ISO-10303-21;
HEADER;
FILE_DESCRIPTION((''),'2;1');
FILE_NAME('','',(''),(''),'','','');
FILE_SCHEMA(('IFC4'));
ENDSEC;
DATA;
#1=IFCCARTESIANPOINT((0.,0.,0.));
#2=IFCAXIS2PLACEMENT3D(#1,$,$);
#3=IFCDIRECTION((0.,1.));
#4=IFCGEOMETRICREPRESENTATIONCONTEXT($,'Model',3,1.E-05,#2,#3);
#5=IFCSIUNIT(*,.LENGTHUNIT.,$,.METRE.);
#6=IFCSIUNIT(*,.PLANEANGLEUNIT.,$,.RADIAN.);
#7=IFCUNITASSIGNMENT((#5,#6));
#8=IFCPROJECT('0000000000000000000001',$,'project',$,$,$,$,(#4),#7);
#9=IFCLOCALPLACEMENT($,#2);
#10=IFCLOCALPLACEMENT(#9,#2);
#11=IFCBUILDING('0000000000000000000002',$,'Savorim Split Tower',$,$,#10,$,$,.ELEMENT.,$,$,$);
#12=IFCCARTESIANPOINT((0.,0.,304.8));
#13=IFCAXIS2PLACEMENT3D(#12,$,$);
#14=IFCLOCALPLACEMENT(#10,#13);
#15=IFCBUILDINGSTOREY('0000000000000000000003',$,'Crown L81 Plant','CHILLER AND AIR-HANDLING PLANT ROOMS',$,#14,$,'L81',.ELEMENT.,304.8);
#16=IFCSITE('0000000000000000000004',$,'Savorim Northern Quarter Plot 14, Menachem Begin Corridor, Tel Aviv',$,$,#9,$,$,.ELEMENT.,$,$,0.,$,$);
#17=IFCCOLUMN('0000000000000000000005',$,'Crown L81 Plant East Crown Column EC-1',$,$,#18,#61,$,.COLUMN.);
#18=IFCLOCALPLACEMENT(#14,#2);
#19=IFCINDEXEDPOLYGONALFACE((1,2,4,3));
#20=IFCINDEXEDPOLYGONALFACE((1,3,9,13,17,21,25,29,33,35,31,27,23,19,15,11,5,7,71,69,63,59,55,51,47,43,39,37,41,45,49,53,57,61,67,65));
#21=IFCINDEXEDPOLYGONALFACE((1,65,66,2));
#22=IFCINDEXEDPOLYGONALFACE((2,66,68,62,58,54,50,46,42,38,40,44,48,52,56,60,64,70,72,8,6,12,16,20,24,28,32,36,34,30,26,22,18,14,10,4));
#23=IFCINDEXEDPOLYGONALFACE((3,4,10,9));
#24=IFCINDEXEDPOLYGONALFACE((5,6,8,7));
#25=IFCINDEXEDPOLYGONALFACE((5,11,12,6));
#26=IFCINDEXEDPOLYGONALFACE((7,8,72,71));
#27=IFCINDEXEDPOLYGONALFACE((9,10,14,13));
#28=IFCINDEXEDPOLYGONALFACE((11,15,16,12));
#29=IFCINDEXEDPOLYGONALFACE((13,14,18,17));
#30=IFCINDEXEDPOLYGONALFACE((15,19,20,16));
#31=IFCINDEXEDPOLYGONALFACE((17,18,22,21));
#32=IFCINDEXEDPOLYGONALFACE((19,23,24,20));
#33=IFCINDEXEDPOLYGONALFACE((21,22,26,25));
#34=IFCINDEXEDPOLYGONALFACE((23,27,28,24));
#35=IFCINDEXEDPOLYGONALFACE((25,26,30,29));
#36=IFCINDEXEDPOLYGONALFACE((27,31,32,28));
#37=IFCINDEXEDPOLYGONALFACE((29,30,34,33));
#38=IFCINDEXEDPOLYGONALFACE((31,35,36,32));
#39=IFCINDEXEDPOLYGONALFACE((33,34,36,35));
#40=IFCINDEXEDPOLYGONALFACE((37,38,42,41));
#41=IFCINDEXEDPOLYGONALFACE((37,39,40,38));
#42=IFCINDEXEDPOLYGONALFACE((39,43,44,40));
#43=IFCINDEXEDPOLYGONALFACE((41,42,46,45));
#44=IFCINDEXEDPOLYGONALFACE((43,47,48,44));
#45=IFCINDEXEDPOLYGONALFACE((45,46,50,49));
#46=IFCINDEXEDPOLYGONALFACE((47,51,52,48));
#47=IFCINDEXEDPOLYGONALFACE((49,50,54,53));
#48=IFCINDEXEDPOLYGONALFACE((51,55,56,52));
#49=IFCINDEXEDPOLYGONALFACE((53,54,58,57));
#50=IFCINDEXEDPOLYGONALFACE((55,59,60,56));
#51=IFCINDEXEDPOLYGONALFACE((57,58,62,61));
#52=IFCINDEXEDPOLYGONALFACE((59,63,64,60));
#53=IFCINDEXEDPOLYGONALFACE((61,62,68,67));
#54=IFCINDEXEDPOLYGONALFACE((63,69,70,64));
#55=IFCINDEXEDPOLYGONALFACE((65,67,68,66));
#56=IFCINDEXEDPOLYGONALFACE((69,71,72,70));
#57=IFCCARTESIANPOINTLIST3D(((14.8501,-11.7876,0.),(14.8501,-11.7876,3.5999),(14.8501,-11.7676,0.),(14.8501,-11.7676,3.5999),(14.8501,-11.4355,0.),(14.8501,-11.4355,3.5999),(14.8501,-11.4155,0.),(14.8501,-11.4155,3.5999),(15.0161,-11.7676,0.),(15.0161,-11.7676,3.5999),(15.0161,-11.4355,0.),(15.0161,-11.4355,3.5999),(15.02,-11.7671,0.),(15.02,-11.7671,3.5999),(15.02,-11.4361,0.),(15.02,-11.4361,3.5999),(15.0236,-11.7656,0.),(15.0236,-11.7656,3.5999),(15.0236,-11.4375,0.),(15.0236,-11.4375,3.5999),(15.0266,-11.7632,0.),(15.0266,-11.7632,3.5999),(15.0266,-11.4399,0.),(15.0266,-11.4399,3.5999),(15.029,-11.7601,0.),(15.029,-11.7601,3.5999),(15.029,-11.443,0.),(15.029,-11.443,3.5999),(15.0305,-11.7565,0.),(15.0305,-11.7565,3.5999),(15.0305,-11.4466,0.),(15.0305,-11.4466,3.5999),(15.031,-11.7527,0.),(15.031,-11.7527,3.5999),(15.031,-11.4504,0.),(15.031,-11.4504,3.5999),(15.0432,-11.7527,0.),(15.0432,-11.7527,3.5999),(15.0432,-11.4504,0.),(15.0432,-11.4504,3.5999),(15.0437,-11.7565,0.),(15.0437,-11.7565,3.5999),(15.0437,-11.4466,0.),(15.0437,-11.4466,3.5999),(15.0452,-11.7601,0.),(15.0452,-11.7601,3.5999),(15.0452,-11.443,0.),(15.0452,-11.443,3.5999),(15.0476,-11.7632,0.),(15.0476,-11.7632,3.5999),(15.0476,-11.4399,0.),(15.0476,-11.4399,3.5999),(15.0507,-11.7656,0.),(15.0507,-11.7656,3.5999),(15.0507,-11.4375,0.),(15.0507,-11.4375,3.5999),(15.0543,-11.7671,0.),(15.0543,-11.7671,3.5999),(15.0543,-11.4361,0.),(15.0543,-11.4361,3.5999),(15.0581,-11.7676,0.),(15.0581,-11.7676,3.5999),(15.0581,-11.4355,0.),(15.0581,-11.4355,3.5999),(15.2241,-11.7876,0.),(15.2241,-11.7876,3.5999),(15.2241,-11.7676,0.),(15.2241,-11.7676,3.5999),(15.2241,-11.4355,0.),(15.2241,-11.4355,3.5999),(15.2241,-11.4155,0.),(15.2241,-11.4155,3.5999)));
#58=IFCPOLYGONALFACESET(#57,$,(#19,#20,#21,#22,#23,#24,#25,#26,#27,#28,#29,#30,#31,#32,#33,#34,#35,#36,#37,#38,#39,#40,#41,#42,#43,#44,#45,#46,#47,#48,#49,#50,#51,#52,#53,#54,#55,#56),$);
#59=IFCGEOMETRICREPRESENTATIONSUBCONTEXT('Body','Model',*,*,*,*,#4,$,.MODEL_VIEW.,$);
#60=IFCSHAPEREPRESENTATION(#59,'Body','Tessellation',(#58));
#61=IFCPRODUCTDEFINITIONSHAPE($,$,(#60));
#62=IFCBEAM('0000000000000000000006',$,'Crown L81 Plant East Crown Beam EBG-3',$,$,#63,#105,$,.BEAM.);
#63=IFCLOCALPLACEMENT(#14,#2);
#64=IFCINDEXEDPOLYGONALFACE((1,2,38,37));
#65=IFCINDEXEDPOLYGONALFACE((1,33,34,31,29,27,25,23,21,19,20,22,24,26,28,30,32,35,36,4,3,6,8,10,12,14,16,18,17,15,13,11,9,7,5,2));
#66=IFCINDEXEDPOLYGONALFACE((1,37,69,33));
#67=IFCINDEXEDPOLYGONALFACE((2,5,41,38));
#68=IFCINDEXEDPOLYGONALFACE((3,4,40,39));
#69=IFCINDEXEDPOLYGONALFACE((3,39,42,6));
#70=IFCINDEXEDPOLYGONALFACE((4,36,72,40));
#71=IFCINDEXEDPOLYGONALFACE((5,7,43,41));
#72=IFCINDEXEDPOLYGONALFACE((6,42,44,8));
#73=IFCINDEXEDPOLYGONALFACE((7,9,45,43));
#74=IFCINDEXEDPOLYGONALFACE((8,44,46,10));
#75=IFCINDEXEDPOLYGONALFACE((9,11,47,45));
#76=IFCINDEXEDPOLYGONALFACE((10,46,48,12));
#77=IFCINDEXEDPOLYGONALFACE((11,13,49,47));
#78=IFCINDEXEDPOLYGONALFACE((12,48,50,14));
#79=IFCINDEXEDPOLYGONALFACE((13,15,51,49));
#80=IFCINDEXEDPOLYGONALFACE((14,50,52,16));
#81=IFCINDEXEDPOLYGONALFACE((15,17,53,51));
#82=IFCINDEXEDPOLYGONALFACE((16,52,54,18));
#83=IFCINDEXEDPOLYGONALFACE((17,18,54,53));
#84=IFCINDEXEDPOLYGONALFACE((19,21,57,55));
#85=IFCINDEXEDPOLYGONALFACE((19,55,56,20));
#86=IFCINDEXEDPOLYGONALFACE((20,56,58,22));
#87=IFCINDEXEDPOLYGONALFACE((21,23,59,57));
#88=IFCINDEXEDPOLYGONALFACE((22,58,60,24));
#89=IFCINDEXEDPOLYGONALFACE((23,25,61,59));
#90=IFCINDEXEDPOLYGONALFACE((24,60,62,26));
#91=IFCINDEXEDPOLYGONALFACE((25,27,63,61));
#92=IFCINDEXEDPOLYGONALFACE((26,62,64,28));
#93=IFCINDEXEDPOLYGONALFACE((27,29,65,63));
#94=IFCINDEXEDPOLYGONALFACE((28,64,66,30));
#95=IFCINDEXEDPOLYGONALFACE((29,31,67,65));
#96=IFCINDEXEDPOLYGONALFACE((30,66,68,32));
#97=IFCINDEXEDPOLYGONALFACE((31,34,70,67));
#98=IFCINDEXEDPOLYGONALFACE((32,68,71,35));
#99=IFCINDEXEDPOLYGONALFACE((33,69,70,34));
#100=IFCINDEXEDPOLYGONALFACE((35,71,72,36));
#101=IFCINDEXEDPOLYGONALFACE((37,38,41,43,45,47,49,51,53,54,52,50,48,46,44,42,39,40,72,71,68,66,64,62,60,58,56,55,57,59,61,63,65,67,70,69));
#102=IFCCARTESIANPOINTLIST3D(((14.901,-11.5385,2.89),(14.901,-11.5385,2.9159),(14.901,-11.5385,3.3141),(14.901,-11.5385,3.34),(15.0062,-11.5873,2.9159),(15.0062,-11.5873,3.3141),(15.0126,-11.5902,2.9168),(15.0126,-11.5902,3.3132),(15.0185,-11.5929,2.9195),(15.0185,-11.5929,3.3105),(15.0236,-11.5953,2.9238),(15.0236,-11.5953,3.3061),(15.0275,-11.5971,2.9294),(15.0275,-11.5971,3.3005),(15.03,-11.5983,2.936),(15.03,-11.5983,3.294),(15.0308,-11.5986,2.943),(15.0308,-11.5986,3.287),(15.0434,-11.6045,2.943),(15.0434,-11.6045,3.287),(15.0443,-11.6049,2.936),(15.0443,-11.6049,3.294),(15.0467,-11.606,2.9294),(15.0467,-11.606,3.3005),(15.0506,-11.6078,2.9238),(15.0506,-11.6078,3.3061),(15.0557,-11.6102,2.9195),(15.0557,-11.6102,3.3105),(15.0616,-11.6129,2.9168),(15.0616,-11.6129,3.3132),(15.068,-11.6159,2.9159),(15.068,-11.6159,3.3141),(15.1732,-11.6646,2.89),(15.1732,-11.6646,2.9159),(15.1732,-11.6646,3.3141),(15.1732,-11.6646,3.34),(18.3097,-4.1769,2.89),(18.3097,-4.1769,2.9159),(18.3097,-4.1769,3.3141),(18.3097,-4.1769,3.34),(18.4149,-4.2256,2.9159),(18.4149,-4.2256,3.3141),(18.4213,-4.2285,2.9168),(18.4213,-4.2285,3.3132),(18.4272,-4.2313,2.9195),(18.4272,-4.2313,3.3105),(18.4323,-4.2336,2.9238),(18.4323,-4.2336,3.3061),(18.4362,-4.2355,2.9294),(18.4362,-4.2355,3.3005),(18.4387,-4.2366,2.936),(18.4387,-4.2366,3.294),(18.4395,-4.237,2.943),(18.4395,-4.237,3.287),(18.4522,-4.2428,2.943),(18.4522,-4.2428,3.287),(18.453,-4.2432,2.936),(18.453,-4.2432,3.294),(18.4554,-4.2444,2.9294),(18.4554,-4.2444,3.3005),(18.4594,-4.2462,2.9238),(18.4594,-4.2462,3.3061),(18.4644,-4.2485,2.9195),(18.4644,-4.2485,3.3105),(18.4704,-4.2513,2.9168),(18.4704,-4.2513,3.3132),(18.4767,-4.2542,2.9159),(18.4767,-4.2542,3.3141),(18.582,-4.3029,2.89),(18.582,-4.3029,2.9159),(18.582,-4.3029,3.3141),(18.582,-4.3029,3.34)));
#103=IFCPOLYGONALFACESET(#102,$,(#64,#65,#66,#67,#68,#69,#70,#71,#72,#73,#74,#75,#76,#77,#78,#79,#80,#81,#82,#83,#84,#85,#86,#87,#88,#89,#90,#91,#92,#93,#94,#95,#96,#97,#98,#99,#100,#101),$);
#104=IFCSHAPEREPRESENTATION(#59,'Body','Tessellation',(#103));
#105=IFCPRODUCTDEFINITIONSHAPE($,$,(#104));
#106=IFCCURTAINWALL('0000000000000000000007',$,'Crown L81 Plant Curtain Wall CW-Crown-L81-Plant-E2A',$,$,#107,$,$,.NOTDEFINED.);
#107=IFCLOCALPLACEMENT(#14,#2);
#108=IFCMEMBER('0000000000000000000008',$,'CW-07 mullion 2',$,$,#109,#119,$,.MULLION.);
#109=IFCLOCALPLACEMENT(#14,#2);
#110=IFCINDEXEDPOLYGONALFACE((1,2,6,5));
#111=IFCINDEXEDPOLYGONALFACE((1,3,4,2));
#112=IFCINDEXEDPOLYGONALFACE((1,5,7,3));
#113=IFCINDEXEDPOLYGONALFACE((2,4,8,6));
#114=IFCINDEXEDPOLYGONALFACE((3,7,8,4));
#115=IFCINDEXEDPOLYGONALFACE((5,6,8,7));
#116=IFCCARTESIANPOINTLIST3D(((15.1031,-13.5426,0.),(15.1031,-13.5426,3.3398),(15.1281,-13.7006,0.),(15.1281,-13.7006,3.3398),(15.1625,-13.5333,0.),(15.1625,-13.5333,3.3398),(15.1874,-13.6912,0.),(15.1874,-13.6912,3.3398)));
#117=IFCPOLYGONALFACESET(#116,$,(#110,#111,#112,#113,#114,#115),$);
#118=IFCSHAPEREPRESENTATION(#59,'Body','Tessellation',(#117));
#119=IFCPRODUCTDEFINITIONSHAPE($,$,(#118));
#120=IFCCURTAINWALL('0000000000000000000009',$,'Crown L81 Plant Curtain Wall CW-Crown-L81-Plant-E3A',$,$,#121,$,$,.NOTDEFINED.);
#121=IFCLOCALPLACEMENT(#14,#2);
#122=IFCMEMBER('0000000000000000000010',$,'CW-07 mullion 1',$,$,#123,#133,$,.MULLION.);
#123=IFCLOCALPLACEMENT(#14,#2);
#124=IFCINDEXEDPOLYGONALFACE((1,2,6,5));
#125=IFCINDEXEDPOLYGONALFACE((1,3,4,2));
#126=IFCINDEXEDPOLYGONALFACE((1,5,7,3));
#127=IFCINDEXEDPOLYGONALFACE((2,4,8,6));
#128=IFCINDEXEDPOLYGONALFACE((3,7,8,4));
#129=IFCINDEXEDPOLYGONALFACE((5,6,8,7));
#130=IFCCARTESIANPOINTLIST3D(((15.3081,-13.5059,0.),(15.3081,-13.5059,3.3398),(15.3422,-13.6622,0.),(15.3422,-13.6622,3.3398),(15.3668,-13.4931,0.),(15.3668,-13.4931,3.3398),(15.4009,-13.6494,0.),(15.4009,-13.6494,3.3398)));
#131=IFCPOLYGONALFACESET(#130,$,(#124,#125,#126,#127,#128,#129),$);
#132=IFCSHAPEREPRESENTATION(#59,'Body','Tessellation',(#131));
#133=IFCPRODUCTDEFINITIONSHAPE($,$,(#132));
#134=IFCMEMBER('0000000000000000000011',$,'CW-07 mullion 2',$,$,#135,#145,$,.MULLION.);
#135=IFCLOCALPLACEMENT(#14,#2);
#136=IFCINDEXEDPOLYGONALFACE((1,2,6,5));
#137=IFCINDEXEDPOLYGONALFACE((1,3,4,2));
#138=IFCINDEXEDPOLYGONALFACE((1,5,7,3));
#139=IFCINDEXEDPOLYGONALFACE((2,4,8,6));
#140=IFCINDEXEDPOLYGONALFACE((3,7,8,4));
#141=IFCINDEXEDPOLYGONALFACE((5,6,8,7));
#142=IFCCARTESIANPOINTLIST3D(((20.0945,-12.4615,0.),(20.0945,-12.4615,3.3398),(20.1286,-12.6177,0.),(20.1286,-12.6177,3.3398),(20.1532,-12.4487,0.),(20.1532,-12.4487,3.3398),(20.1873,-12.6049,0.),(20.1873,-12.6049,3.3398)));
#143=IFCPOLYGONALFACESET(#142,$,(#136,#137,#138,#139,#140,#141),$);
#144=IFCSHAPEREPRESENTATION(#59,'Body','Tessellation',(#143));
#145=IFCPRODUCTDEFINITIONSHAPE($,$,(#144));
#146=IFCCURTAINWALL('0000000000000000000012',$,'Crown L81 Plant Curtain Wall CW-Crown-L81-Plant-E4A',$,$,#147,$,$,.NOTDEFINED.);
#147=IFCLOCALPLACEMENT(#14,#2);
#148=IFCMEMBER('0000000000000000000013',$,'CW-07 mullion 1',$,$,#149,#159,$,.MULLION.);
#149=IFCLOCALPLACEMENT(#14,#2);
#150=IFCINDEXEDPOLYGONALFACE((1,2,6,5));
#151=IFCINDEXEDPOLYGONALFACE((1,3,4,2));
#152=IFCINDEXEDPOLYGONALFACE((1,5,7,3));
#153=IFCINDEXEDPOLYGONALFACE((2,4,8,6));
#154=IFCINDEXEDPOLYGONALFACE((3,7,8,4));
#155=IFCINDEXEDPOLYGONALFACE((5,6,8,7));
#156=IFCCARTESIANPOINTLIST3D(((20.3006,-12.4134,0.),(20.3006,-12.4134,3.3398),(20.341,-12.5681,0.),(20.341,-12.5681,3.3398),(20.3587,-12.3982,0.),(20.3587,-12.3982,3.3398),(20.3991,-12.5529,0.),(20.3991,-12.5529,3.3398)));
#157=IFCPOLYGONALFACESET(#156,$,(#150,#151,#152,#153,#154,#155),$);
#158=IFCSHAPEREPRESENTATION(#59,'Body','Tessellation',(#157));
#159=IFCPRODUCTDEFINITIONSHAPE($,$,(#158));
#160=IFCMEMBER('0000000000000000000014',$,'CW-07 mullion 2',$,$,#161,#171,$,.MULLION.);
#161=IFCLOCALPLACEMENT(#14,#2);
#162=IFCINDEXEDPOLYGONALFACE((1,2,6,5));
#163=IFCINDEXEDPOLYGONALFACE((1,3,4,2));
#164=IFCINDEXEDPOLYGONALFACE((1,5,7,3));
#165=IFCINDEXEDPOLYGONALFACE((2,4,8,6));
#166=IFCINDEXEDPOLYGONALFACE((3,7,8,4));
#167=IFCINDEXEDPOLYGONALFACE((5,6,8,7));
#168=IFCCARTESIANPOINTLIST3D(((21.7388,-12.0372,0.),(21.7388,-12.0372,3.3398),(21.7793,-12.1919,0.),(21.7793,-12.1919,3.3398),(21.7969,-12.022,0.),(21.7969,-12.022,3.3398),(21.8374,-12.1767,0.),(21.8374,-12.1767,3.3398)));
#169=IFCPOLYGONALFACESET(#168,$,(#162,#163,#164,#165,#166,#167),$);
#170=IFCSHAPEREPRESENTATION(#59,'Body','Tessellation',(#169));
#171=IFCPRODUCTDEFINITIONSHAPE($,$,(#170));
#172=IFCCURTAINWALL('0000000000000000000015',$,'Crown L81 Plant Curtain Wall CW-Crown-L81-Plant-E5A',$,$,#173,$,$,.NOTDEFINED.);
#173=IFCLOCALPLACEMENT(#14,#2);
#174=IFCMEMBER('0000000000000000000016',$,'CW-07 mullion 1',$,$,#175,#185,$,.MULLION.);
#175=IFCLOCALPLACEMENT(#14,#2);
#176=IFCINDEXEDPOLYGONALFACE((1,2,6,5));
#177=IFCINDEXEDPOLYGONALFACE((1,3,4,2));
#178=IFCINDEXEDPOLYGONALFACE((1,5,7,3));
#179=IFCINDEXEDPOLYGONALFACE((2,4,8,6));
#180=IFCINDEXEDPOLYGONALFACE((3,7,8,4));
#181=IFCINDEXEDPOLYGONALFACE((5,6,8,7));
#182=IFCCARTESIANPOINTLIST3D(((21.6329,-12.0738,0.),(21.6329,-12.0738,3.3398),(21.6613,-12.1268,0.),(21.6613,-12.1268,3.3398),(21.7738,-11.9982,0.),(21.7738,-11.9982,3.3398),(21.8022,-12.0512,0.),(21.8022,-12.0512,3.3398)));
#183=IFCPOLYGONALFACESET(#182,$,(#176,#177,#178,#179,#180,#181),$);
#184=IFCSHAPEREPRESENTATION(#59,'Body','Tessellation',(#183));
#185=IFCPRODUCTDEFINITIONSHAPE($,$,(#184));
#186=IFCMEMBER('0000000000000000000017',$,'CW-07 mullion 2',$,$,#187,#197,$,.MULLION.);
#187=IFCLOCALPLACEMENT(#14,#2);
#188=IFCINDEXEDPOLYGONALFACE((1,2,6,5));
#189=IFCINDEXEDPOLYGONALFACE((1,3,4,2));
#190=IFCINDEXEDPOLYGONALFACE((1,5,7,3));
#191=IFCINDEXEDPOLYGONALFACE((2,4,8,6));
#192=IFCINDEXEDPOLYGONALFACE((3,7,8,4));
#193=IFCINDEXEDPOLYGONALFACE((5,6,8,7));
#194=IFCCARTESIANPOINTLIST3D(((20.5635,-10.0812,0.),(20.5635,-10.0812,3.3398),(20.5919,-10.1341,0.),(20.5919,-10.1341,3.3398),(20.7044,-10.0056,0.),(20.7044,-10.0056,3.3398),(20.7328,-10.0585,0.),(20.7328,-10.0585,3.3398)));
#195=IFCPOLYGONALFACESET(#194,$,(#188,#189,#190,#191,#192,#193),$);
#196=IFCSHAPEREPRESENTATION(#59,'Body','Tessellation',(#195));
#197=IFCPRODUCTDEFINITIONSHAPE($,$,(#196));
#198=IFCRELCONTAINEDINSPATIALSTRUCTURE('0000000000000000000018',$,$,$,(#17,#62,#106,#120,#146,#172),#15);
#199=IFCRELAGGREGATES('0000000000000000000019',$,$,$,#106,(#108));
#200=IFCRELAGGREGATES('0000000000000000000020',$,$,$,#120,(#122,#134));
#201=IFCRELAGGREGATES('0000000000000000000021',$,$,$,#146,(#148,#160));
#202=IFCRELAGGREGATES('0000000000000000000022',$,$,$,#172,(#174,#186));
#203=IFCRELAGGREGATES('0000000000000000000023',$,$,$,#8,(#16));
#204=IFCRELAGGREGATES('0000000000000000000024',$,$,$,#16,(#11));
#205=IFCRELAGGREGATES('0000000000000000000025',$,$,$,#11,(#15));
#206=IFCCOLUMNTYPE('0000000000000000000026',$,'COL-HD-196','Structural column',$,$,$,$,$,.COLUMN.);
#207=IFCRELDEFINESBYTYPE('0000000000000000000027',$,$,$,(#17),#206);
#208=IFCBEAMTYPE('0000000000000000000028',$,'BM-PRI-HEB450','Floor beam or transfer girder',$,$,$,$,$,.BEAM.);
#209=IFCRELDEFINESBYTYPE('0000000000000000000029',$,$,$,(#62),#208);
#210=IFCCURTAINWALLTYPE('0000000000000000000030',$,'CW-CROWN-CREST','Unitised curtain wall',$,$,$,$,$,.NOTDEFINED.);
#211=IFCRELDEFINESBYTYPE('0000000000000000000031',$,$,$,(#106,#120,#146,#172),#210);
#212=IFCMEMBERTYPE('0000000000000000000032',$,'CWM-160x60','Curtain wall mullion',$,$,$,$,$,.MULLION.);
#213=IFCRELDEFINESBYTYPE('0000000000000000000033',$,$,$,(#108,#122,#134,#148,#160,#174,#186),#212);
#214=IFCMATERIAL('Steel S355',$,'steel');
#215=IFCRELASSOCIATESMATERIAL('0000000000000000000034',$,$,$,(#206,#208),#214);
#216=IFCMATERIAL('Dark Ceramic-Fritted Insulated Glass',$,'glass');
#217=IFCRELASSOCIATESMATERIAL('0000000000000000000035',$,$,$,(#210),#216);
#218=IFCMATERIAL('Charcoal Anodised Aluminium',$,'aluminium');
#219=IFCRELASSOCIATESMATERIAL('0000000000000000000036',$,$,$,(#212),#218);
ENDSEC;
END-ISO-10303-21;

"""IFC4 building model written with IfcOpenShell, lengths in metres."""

from ifc_helpers import new_model, si_unit, direction, frame, origin, origin_2d, place, context, subcontext, project, spatial, rectangle, i_section, extrude, material, material_profile, profile_set, type_object, element, aggregate, save


model = new_model("IFC4")

# Units and contexts
model_context = context("Model", 3, precision=1e-05, world=origin(), true_north=direction((0.0, 1.0)))
body_context = subcontext(model_context, "Body", "Model", "MODEL_VIEW")
ifc_project = project(units=[si_unit("LENGTHUNIT", "METRE"), si_unit("PLANEANGLEUNIT", "RADIAN")], contexts=[model_context])

# Site, building, storey
site_placement = place(None, origin())
site = spatial("IfcSite", under=ifc_project, at=site_placement, Name="Savorim Northern Quarter Plot 14, Menachem Begin Corridor, Tel Aviv", CompositionType="ELEMENT", RefElevation=0.0)
building_placement = place(site_placement, origin())
building = spatial("IfcBuilding", under=site, at=building_placement, Name="Savorim Split Tower", CompositionType="ELEMENT")
storey_placement = place(building_placement, frame((0.0, 0.0, 304.8)))
storey = spatial("IfcBuildingStorey", under=building, at=storey_placement, Name="Crown L81 Plant", Description="CHILLER AND AIR-HANDLING PLANT ROOMS", LongName="L81", CompositionType="ELEMENT", Elevation=304.8)

# Column
ifc_material_1 = material(Name="Steel S355", Category="steel")
ifc_material_profile_1 = material_profile(ifc_material_1, i_section(OverallWidth=0.374, OverallDepth=0.3721, WebThickness=0.0122, FlangeThickness=0.02, FilletRadius=0.0149, at=origin_2d()), Name="HD 360x196")
ifc_profile_set_1 = profile_set([ifc_material_profile_1], Name="Steel S355")
column_type = type_object("IfcColumnType", Name="COL-HD-196", Description="Structural column", PredefinedType="COLUMN", material=ifc_profile_set_1)
column_placement = place(storey_placement, frame((15.0371, -11.6016, 0.0), z_axis=(0.0, 0.0, 1.0), x_axis=(1.0, 0.0, 0.0)))
element("IfcColumn", 1, at=column_placement, inside=storey, type_object=column_type, Name="Crown L81 Plant East Crown Column EC-1", PredefinedType="COLUMN", context=body_context, shape_type="SweptSolid", body=[
    extrude(i_section(OverallWidth=0.374, OverallDepth=0.3721, WebThickness=0.0122, FlangeThickness=0.02, FilletRadius=0.0149, at=origin_2d()), origin(), (0.0, 0.0, 1.0), 3.5999),
])

# Beam
ifc_material_profile_2 = material_profile(ifc_material_1, i_section(OverallWidth=0.3, OverallDepth=0.45, WebThickness=0.0139, FlangeThickness=0.0259, FilletRadius=0.0271, at=origin_2d()), Name="HEB 450")
ifc_profile_set_2 = profile_set([ifc_material_profile_2], Name="Steel S355")
beam_type = type_object("IfcBeamType", Name="BM-PRI-HEB450", Description="Floor beam or transfer girder", PredefinedType="BEAM", material=ifc_profile_set_2)
beam_placement = place(storey_placement, frame((15.0371, -11.6016, 3.115), z_axis=(0.42018, 0.907441, 0.0), x_axis=(-0.907441, 0.42018, 0.0)))
element("IfcBeam", 2, at=beam_placement, inside=storey, type_object=beam_type, Name="Crown L81 Plant East Crown Beam EBG-3", PredefinedType="BEAM", context=body_context, shape_type="SweptSolid", body=[
    extrude(i_section(OverallWidth=0.3, OverallDepth=0.45, WebThickness=0.0139, FlangeThickness=0.0259, FilletRadius=0.0271, at=origin_2d()), origin(), (0.0, 0.0, 1.0), 8.1125),
])

# Curtain wall, member
ifc_material_2 = material(Name="Dark Ceramic-Fritted Insulated Glass", Category="glass")
curtain_wall_type = type_object("IfcCurtainWallType", Name="CW-CROWN-CREST", Description="Unitised curtain wall", PredefinedType="NOTDEFINED", material=ifc_material_2)
curtain_wall_1_placement = place(storey_placement, origin())
curtain_wall_1 = element("IfcCurtainWall", 3, at=curtain_wall_1_placement, inside=storey, type_object=curtain_wall_type, Name="Crown L81 Plant Curtain Wall CW-Crown-L81-Plant-E2A", PredefinedType="NOTDEFINED")
ifc_material_3 = material(Name="Charcoal Anodised Aluminium", Category="aluminium")
ifc_material_profile_3 = material_profile(ifc_material_3, rectangle(XDim=0.1599, YDim=0.0601, at=origin_2d()), Name="ALU-M 160x60")
ifc_profile_set_3 = profile_set([ifc_material_profile_3], Name="Charcoal Anodised Aluminium")
member_type_1 = type_object("IfcMemberType", Name="CWM-160x60", Description="Curtain wall mullion", PredefinedType="MULLION", material=ifc_profile_set_3)
member_1_placement = place(storey_placement, frame((15.1453, -13.6169, 0.0), z_axis=(0.0, 0.0, 1.0), x_axis=(-0.155785, 0.987791, 0.0)))
member_1 = element("IfcMember", 4, at=member_1_placement, type_object=member_type_1, Name="CW-07 mullion 2", PredefinedType="MULLION", context=body_context, shape_type="SweptSolid", body=[
    extrude(rectangle(XDim=0.1599, YDim=0.0601, at=origin_2d()), origin(), (0.0, 0.0, 1.0), 3.3398),
])

# Curtain walls, members
curtain_wall_2_placement = place(storey_placement, origin())
curtain_wall_2 = element("IfcCurtainWall", 5, at=curtain_wall_2_placement, inside=storey, type_object=curtain_wall_type, Name="Crown L81 Plant Curtain Wall CW-Crown-L81-Plant-E3A", PredefinedType="NOTDEFINED")
member_2_placement = place(storey_placement, frame((15.3545, -13.5776, 0.0), z_axis=(0.0, 0.0, 1.0), x_axis=(-0.213207, 0.977007, 0.0)))
member_2 = element("IfcMember", 6, at=member_2_placement, type_object=member_type_1, Name="CW-07 mullion 1", PredefinedType="MULLION", context=body_context, shape_type="SweptSolid", body=[
    extrude(rectangle(XDim=0.1599, YDim=0.0601, at=origin_2d()), origin(), (0.0, 0.0, 1.0), 3.3398),
])
member_3_placement = place(storey_placement, frame((20.1409, -12.5332, 0.0), z_axis=(0.0, 0.0, 1.0), x_axis=(-0.213207, 0.977007, 0.0)))
member_3 = element("IfcMember", 7, at=member_3_placement, type_object=member_type_1, Name="CW-07 mullion 2", PredefinedType="MULLION", context=body_context, shape_type="SweptSolid", body=[
    extrude(rectangle(XDim=0.1599, YDim=0.0601, at=origin_2d()), origin(), (0.0, 0.0, 1.0), 3.3398),
])
curtain_wall_3_placement = place(storey_placement, origin())
curtain_wall_3 = element("IfcCurtainWall", 8, at=curtain_wall_3_placement, inside=storey, type_object=curtain_wall_type, Name="Crown L81 Plant Curtain Wall CW-Crown-L81-Plant-E4A", PredefinedType="NOTDEFINED")
member_4_placement = place(storey_placement, frame((20.3499, -12.4832, 0.0), z_axis=(0.0, 0.0, 1.0), x_axis=(-0.25308, 0.967445, 0.0)))
member_4 = element("IfcMember", 9, at=member_4_placement, type_object=member_type_1, Name="CW-07 mullion 1", PredefinedType="MULLION", context=body_context, shape_type="SweptSolid", body=[
    extrude(rectangle(XDim=0.1599, YDim=0.0601, at=origin_2d()), origin(), (0.0, 0.0, 1.0), 3.3398),
])
member_5_placement = place(storey_placement, frame((21.7881, -12.1069, 0.0), z_axis=(0.0, 0.0, 1.0), x_axis=(-0.25308, 0.967445, 0.0)))
member_5 = element("IfcMember", 10, at=member_5_placement, type_object=member_type_1, Name="CW-07 mullion 2", PredefinedType="MULLION", context=body_context, shape_type="SweptSolid", body=[
    extrude(rectangle(XDim=0.1599, YDim=0.0601, at=origin_2d()), origin(), (0.0, 0.0, 1.0), 3.3398),
])
curtain_wall_4_placement = place(storey_placement, origin())
curtain_wall_4 = element("IfcCurtainWall", 11, at=curtain_wall_4_placement, inside=storey, type_object=curtain_wall_type, Name="Crown L81 Plant Curtain Wall CW-Crown-L81-Plant-E5A", PredefinedType="NOTDEFINED")
member_6_placement = place(storey_placement, frame((21.7175, -12.0625, 0.0), z_axis=(0.0, 0.0, 1.0), x_axis=(-0.881166, -0.472807, 0.0)))
member_6 = element("IfcMember", 12, at=member_6_placement, type_object=member_type_1, Name="CW-07 mullion 1", PredefinedType="MULLION", context=body_context, shape_type="SweptSolid", body=[
    extrude(rectangle(XDim=0.1599, YDim=0.0601, at=origin_2d()), origin(), (0.0, 0.0, 1.0), 3.3398),
])
member_7_placement = place(storey_placement, frame((20.6482, -10.0698, 0.0), z_axis=(0.0, 0.0, 1.0), x_axis=(-0.881166, -0.472807, 0.0)))
member_7 = element("IfcMember", 13, at=member_7_placement, type_object=member_type_1, Name="CW-07 mullion 2", PredefinedType="MULLION", context=body_context, shape_type="SweptSolid", body=[
    extrude(rectangle(XDim=0.1599, YDim=0.0601, at=origin_2d()), origin(), (0.0, 0.0, 1.0), 3.3398),
])

aggregate(curtain_wall_1, [member_1])
aggregate(curtain_wall_2, [member_2, member_3])
aggregate(curtain_wall_3, [member_4, member_5])
aggregate(curtain_wall_4, [member_6, member_7])

save(model, "model.ifc")
